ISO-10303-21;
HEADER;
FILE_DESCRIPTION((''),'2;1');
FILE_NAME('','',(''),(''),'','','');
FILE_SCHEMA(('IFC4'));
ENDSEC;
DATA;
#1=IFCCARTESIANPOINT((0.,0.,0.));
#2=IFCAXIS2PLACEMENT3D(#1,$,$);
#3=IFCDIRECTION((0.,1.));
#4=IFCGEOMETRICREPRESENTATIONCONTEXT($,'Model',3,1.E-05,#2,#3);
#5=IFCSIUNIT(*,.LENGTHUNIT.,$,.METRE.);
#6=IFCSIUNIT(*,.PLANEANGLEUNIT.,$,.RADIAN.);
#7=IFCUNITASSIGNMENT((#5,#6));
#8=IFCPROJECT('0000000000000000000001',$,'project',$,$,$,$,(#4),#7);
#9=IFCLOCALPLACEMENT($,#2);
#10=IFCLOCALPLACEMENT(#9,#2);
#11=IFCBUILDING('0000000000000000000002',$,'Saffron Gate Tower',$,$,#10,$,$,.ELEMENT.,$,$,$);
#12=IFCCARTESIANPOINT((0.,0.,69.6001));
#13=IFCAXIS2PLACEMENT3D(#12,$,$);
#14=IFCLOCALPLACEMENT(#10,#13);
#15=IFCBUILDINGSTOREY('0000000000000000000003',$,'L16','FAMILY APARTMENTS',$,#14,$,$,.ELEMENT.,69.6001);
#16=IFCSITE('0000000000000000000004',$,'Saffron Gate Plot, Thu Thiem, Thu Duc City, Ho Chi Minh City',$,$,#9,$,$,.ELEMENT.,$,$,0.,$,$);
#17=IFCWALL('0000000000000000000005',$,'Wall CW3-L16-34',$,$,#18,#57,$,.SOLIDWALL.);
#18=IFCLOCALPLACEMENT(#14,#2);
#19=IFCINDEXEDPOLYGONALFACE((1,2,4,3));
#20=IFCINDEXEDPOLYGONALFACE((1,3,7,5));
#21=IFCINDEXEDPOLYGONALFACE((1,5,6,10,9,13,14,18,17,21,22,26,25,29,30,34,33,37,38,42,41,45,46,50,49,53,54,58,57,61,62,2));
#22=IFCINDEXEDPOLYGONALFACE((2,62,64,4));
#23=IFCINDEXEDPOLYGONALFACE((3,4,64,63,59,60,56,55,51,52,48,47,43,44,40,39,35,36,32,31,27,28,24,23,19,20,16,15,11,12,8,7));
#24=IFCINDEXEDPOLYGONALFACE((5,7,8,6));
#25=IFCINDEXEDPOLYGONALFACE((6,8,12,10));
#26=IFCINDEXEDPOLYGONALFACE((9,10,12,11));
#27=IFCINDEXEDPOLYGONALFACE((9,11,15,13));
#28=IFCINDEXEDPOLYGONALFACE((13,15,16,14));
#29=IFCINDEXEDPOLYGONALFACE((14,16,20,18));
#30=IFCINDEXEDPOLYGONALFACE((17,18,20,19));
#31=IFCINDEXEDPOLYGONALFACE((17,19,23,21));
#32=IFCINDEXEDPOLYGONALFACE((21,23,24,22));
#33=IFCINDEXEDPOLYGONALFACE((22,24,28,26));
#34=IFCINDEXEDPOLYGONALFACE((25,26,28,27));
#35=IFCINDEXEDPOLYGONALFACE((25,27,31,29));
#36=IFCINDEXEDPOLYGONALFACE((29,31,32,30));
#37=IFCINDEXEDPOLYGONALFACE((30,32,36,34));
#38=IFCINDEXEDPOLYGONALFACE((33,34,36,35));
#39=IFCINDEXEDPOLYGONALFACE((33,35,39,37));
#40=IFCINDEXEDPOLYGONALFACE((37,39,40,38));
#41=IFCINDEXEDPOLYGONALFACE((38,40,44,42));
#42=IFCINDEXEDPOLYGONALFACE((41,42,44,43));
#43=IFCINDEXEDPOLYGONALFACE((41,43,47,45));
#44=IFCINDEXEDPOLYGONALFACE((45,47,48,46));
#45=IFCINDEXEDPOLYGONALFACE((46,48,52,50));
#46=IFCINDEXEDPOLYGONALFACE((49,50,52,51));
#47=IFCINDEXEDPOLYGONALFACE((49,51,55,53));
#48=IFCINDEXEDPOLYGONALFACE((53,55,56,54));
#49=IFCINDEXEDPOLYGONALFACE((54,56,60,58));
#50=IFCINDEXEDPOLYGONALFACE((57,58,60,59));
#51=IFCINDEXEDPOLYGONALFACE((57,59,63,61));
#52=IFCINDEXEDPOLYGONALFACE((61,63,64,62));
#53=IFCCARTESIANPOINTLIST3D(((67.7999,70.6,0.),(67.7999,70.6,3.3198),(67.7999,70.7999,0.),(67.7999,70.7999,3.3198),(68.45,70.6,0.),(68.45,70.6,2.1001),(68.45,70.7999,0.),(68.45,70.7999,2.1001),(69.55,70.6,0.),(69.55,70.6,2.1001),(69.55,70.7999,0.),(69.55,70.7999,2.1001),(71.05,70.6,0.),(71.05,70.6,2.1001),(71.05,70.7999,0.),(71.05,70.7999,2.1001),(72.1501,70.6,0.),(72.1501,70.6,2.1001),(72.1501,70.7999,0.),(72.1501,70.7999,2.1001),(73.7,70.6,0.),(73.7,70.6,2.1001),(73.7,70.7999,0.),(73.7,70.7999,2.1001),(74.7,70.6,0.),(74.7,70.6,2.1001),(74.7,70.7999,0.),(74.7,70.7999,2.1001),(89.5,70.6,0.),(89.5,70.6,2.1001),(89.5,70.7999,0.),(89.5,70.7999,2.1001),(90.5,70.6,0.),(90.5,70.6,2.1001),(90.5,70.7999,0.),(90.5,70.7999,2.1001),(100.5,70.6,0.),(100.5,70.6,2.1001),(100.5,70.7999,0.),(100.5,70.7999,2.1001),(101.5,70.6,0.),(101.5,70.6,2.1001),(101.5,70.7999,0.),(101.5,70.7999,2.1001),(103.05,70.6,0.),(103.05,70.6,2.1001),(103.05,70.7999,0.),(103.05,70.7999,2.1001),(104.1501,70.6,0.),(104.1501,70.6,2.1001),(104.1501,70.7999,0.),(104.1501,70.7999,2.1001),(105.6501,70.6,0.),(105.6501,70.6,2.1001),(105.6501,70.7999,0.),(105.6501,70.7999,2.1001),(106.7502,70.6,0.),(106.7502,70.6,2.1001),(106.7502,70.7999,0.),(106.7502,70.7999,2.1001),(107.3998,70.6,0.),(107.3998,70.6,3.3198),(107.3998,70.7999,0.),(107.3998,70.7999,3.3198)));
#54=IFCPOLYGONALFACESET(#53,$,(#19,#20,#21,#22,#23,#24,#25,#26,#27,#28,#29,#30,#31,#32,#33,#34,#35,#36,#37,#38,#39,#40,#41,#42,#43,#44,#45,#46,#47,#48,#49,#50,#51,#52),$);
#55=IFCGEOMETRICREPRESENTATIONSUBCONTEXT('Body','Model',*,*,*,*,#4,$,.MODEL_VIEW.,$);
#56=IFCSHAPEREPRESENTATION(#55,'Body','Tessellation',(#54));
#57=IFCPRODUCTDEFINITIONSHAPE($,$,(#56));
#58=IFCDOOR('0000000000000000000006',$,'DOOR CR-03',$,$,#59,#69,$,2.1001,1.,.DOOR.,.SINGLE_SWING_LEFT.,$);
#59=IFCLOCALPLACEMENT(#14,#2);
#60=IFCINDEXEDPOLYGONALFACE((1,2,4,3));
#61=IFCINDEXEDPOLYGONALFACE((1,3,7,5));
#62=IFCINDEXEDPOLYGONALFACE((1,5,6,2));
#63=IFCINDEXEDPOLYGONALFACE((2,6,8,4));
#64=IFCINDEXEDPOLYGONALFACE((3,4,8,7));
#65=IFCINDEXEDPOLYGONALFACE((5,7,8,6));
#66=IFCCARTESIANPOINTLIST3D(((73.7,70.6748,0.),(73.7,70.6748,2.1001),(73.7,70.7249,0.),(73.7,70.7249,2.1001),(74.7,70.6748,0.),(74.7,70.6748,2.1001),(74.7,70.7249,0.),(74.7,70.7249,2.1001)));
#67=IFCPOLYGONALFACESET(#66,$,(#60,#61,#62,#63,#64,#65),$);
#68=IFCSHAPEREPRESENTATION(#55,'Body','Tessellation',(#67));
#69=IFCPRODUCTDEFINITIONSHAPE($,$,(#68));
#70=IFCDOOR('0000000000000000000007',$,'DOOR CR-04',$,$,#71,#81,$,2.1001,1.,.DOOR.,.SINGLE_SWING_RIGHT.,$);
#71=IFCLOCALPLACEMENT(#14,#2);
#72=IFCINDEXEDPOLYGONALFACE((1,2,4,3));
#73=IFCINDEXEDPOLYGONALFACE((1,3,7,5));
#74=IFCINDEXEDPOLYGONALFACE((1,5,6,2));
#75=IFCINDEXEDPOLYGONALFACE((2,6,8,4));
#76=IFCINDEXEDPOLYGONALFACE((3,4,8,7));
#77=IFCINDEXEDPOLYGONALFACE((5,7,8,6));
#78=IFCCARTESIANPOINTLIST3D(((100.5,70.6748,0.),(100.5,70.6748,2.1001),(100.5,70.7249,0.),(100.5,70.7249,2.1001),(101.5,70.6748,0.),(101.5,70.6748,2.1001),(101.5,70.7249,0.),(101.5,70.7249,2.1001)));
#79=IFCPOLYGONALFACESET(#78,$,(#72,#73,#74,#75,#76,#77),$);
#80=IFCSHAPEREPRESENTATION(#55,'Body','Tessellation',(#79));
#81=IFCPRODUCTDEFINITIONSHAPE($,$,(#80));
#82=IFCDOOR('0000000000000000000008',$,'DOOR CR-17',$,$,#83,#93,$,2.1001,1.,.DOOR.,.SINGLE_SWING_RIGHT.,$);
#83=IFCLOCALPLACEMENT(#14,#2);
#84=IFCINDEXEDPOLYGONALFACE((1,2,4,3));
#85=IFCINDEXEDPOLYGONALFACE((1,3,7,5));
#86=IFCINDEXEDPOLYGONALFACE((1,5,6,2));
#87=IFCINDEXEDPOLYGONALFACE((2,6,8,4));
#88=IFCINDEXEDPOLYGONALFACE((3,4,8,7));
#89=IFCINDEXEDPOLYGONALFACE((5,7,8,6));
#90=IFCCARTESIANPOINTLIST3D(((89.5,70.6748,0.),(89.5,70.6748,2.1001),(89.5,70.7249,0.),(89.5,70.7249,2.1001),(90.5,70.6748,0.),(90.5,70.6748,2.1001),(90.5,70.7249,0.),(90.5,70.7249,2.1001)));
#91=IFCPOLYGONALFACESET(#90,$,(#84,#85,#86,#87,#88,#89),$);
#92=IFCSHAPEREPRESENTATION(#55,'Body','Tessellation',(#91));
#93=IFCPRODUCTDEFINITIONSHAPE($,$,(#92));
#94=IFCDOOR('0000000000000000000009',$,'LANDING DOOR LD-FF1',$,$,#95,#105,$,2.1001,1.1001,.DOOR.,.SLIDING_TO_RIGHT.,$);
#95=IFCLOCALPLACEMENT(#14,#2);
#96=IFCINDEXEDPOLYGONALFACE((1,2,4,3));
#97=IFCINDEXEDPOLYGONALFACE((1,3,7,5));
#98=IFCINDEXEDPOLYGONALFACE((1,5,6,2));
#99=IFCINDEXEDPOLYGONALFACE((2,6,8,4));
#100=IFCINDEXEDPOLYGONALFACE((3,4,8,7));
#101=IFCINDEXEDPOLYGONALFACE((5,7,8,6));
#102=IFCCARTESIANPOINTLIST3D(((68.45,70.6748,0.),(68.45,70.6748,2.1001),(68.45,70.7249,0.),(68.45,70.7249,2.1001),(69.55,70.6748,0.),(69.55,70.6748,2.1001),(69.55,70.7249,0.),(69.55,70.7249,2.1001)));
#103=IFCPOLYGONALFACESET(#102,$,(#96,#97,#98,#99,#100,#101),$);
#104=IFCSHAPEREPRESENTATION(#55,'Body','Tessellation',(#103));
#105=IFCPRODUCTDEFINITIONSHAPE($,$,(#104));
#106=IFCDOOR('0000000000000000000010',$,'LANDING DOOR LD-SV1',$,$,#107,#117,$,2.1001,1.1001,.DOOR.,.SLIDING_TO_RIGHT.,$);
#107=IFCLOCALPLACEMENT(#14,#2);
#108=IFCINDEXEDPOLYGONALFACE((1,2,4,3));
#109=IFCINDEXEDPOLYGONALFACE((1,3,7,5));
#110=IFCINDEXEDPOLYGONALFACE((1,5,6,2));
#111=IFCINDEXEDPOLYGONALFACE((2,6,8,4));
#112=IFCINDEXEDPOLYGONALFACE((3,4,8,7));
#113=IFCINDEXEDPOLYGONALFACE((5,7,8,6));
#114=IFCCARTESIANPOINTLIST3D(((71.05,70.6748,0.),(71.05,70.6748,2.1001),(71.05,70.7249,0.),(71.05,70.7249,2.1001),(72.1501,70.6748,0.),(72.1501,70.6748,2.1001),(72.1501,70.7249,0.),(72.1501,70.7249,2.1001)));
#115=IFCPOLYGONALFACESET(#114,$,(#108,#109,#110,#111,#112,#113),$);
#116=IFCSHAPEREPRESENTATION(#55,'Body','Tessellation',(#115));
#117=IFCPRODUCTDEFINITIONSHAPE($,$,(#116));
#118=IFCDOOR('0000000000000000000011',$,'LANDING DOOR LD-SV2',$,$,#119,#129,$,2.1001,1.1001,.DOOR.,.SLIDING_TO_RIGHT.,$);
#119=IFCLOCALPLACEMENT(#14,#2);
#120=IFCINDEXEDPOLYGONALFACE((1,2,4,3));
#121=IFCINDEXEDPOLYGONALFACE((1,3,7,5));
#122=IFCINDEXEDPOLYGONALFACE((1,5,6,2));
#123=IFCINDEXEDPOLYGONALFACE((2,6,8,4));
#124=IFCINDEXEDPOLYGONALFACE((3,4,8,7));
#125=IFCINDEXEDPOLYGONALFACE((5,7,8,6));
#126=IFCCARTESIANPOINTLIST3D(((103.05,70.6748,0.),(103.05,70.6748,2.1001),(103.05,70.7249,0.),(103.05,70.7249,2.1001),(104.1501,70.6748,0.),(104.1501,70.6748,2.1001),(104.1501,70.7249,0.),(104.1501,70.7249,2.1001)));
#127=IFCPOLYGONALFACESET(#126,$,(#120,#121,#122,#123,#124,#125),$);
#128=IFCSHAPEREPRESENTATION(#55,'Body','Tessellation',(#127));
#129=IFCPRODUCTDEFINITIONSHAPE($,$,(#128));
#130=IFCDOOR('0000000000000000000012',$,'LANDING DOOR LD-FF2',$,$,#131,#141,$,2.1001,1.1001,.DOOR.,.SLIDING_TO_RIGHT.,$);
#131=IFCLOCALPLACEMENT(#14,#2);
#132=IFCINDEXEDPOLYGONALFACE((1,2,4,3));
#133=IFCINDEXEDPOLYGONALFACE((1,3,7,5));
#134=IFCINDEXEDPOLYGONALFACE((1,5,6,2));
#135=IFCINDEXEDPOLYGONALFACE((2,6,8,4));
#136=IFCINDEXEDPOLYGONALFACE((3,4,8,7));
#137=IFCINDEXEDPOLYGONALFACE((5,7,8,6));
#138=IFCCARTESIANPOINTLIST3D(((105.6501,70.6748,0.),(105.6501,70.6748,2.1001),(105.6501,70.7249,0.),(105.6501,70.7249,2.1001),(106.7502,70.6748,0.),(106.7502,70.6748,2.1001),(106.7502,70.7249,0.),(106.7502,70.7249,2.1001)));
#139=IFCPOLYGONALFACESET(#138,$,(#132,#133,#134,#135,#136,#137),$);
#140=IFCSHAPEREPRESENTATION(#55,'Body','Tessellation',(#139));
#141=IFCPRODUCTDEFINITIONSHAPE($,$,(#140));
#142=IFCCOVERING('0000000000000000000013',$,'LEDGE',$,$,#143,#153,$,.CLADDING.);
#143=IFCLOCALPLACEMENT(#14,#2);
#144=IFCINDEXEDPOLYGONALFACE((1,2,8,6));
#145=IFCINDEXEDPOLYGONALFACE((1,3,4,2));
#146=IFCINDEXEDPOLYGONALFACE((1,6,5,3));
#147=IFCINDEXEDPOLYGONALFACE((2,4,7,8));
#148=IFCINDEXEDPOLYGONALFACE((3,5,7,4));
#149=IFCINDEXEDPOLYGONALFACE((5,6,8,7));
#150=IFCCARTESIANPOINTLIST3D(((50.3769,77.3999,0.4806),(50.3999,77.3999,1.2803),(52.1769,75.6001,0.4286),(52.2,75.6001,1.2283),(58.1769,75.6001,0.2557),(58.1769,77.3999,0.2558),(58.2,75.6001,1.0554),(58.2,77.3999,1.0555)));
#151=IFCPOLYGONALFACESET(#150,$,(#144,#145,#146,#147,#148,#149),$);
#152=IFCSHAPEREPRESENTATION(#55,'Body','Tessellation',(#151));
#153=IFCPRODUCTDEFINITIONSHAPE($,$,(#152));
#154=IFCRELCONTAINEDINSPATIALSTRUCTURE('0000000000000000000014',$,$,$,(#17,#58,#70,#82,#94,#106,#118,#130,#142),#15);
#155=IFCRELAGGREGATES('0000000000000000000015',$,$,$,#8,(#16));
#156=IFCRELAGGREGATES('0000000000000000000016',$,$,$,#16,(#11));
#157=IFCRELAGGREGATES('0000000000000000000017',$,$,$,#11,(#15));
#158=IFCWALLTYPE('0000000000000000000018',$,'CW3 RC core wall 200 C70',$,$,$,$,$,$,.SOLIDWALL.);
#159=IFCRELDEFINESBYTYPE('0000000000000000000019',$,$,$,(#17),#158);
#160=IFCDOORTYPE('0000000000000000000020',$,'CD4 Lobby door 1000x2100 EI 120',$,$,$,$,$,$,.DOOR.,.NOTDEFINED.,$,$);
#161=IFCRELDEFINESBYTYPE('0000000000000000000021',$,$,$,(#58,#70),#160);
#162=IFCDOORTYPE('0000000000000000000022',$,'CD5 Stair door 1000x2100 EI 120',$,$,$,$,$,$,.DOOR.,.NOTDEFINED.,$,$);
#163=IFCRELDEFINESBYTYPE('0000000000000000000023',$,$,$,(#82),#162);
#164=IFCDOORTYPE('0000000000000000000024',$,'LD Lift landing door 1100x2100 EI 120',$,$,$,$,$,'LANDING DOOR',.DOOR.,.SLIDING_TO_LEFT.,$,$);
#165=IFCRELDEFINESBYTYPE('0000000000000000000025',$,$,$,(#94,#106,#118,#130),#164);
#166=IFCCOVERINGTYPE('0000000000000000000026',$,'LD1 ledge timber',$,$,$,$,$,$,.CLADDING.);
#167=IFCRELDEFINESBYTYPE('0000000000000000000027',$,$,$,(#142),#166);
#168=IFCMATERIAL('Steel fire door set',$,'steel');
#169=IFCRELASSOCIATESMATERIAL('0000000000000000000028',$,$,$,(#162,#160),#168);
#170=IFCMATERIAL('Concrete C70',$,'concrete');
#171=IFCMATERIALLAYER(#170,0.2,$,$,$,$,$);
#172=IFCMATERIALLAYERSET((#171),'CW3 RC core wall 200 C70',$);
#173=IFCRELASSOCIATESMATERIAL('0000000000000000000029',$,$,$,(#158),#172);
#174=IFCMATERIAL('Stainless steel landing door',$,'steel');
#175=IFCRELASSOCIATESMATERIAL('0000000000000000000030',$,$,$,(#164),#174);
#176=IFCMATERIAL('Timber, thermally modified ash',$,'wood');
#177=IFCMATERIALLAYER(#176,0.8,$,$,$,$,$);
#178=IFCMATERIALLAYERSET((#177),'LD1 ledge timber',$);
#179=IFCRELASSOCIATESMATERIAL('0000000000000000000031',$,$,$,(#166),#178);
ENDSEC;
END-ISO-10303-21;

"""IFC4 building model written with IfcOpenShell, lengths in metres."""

from ifc_helpers import new_model, si_unit, direction, frame, frame_2d, origin, place, context, subcontext, project, spatial, polyline, rectangle, outline, extrude, material, layer, layer_set, type_object, element, fill, save


model = new_model("IFC4")

# Units and contexts
model_context = context("Model", 3, precision=1e-05, world=origin(), true_north=direction((0.0, 1.0)))
body_context = subcontext(model_context, "Body", "Model", "MODEL_VIEW")
ifc_project = project(units=[si_unit("LENGTHUNIT", "METRE"), si_unit("PLANEANGLEUNIT", "RADIAN")], contexts=[model_context])

# Site, building, storey
site_placement = place(None, origin())
site = spatial("IfcSite", under=ifc_project, at=site_placement, Name="Saffron Gate Plot, Thu Thiem, Thu Duc City, Ho Chi Minh City", CompositionType="ELEMENT", RefElevation=0.0)
building_placement = place(site_placement, origin())
building = spatial("IfcBuilding", under=site, at=building_placement, Name="Saffron Gate Tower", CompositionType="ELEMENT")
storey_placement = place(building_placement, frame((0.0, 0.0, 69.6001)))
storey = spatial("IfcBuildingStorey", under=building, at=storey_placement, Name="L16", Description="FAMILY APARTMENTS", CompositionType="ELEMENT", Elevation=69.6001)

# Shared definitions
ifc_material_1 = material(Name="Concrete C70", Category="concrete")

# Wall, openings, doors
ifc_material_2 = material(Name="Steel fire door set", Category="steel")
door_type_1 = type_object("IfcDoorType", Name="CD5 Stair door 1000x2100 EI 120", OperationType="NOTDEFINED", PredefinedType="DOOR", material=ifc_material_2)
ifc_layer_1 = layer(ifc_material_1, 0.2)
ifc_layer_set_1 = layer_set([ifc_layer_1], Name="CW3 RC core wall 200 C70")
wall_type_1 = type_object("IfcWallType", Name="CW3 RC core wall 200 C70", PredefinedType="SOLIDWALL", material=ifc_layer_set_1)
wall_1_placement = place(storey_placement, frame((67.8, 70.7, 0.0), z_axis=(0.0, 0.0, 1.0), x_axis=(1.0, 0.0, 0.0)))
wall_1 = element("IfcWall", 1, at=wall_1_placement, inside=storey, type_object=wall_type_1, Name="Wall CW3-L16-34", PredefinedType="SOLIDWALL", context=body_context, shape_type="SweptSolid", body=[
    extrude(rectangle(XDim=39.5999, YDim=0.2, at=frame_2d((19.7998, 0.0))), origin(), (0.0, 0.0, 1.0), 3.3198),
])
opening_1_placement = place(wall_1_placement, frame((0.6499, 0.0, 0.0)))
opening_1 = element("IfcOpeningElement", 2, at=opening_1_placement, cuts=wall_1, PredefinedType="OPENING", context=body_context, shape_type="SweptSolid", body=[
    extrude(rectangle(XDim=1.1001, YDim=2.1001, at=frame_2d((0.55, 1.05))), frame((0.0, 0.1099, 0.0), z_axis=(0.0, -1.0, 0.0), x_axis=(1.0, 0.0, 0.0)), (0.0, 0.0, 1.0), 0.22),
])
opening_2_placement = place(wall_1_placement, frame((3.25, 0.0, 0.0)))
opening_2 = element("IfcOpeningElement", 3, at=opening_2_placement, cuts=wall_1, PredefinedType="OPENING", context=body_context, shape_type="SweptSolid", body=[
    extrude(rectangle(XDim=1.1001, YDim=2.1001, at=frame_2d((0.55, 1.05))), frame((0.0, 0.1099, 0.0), z_axis=(0.0, -1.0, 0.0), x_axis=(1.0, 0.0, 0.0)), (0.0, 0.0, 1.0), 0.22),
])
opening_3_placement = place(wall_1_placement, frame((5.8999, 0.0, 0.0)))
opening_3 = element("IfcOpeningElement", 4, at=opening_3_placement, cuts=wall_1, PredefinedType="OPENING", context=body_context, shape_type="SweptSolid", body=[
    extrude(rectangle(XDim=1.0, YDim=2.1001, at=frame_2d((0.5, 1.05))), frame((0.0, 0.1099, 0.0), z_axis=(0.0, -1.0, 0.0), x_axis=(1.0, 0.0, 0.0)), (0.0, 0.0, 1.0), 0.22),
])
opening_4_placement = place(wall_1_placement, frame((21.7, 0.0, 0.0)))
opening_4 = element("IfcOpeningElement", 5, at=opening_4_placement, cuts=wall_1, PredefinedType="OPENING", context=body_context, shape_type="SweptSolid", body=[
    extrude(rectangle(XDim=1.0, YDim=2.1001, at=frame_2d((0.5, 1.05))), frame((0.0, 0.1099, 0.0), z_axis=(0.0, -1.0, 0.0), x_axis=(1.0, 0.0, 0.0)), (0.0, 0.0, 1.0), 0.22),
])
opening_5_placement = place(wall_1_placement, frame((32.7, 0.0, 0.0)))
opening_5 = element("IfcOpeningElement", 6, at=opening_5_placement, cuts=wall_1, PredefinedType="OPENING", context=body_context, shape_type="SweptSolid", body=[
    extrude(rectangle(XDim=1.0, YDim=2.1001, at=frame_2d((0.5, 1.05))), frame((0.0, 0.1099, 0.0), z_axis=(0.0, -1.0, 0.0), x_axis=(1.0, 0.0, 0.0)), (0.0, 0.0, 1.0), 0.22),
])
opening_6_placement = place(wall_1_placement, frame((35.25, 0.0, 0.0)))
opening_6 = element("IfcOpeningElement", 7, at=opening_6_placement, cuts=wall_1, PredefinedType="OPENING", context=body_context, shape_type="SweptSolid", body=[
    extrude(rectangle(XDim=1.1001, YDim=2.1001, at=frame_2d((0.55, 1.05))), frame((0.0, 0.1099, 0.0), z_axis=(0.0, -1.0, 0.0), x_axis=(1.0, 0.0, 0.0)), (0.0, 0.0, 1.0), 0.22),
])
opening_7_placement = place(wall_1_placement, frame((37.8501, 0.0, 0.0)))
opening_7 = element("IfcOpeningElement", 8, at=opening_7_placement, cuts=wall_1, PredefinedType="OPENING", context=body_context, shape_type="SweptSolid", body=[
    extrude(rectangle(XDim=1.1001, YDim=2.1001, at=frame_2d((0.55, 1.05))), frame((0.0, 0.1099, 0.0), z_axis=(0.0, -1.0, 0.0), x_axis=(1.0, 0.0, 0.0)), (0.0, 0.0, 1.0), 0.22),
])
door_type_2 = type_object("IfcDoorType", Name="CD4 Lobby door 1000x2100 EI 120", OperationType="NOTDEFINED", PredefinedType="DOOR", material=ifc_material_2)
door_1_placement = place(opening_3_placement, origin())
door_1 = element("IfcDoor", 9, at=door_1_placement, inside=storey, type_object=door_type_2, Name="DOOR CR-03", OperationType="SINGLE_SWING_LEFT", OverallHeight=2.1001, OverallWidth=1.0, PredefinedType="DOOR", context=body_context, shape_type="SweptSolid", body=[
    extrude(rectangle(XDim=1.0, YDim=2.1001, at=frame_2d((0.5, 1.05))), frame((0.0, 0.0249, 0.0), z_axis=(0.0, -1.0, 0.0), x_axis=(1.0, 0.0, 0.0)), (0.0, 0.0, 1.0), 0.05),
])
fill(opening_3, door_1)
door_2_placement = place(opening_5_placement, origin())
door_2 = element("IfcDoor", 10, at=door_2_placement, inside=storey, type_object=door_type_2, Name="DOOR CR-04", OperationType="SINGLE_SWING_RIGHT", OverallHeight=2.1001, OverallWidth=1.0, PredefinedType="DOOR", context=body_context, shape_type="SweptSolid", body=[
    extrude(rectangle(XDim=1.0, YDim=2.1001, at=frame_2d((0.5, 1.05))), frame((0.0, 0.0249, 0.0), z_axis=(0.0, -1.0, 0.0), x_axis=(1.0, 0.0, 0.0)), (0.0, 0.0, 1.0), 0.05),
])
fill(opening_5, door_2)
door_3_placement = place(opening_4_placement, origin())
door_3 = element("IfcDoor", 11, at=door_3_placement, inside=storey, type_object=door_type_1, Name="DOOR CR-17", OperationType="SINGLE_SWING_RIGHT", OverallHeight=2.1001, OverallWidth=1.0, PredefinedType="DOOR", context=body_context, shape_type="SweptSolid", body=[
    extrude(rectangle(XDim=1.0, YDim=2.1001, at=frame_2d((0.5, 1.05))), frame((0.0, 0.0249, 0.0), z_axis=(0.0, -1.0, 0.0), x_axis=(1.0, 0.0, 0.0)), (0.0, 0.0, 1.0), 0.05),
])
fill(opening_4, door_3)
ifc_material_3 = material(Name="Stainless steel landing door", Category="steel")
door_type_3 = type_object("IfcDoorType", Name="LD Lift landing door 1100x2100 EI 120", ElementType="LANDING DOOR", OperationType="SLIDING_TO_LEFT", PredefinedType="DOOR", material=ifc_material_3)
door_4_placement = place(opening_1_placement, origin())
door_4 = element("IfcDoor", 12, at=door_4_placement, inside=storey, type_object=door_type_3, Name="LANDING DOOR LD-FF1", OperationType="SLIDING_TO_RIGHT", OverallHeight=2.1001, OverallWidth=1.1001, PredefinedType="DOOR", context=body_context, shape_type="SweptSolid", body=[
    extrude(rectangle(XDim=1.1001, YDim=2.1001, at=frame_2d((0.55, 1.05))), frame((0.0, 0.0249, 0.0), z_axis=(0.0, -1.0, 0.0), x_axis=(1.0, 0.0, 0.0)), (0.0, 0.0, 1.0), 0.05),
])
fill(opening_1, door_4)
door_5_placement = place(opening_2_placement, origin())
door_5 = element("IfcDoor", 13, at=door_5_placement, inside=storey, type_object=door_type_3, Name="LANDING DOOR LD-SV1", OperationType="SLIDING_TO_RIGHT", OverallHeight=2.1001, OverallWidth=1.1001, PredefinedType="DOOR", context=body_context, shape_type="SweptSolid", body=[
    extrude(rectangle(XDim=1.1001, YDim=2.1001, at=frame_2d((0.55, 1.05))), frame((0.0, 0.0249, 0.0), z_axis=(0.0, -1.0, 0.0), x_axis=(1.0, 0.0, 0.0)), (0.0, 0.0, 1.0), 0.05),
])
fill(opening_2, door_5)
door_6_placement = place(opening_6_placement, origin())
door_6 = element("IfcDoor", 14, at=door_6_placement, inside=storey, type_object=door_type_3, Name="LANDING DOOR LD-SV2", OperationType="SLIDING_TO_RIGHT", OverallHeight=2.1001, OverallWidth=1.1001, PredefinedType="DOOR", context=body_context, shape_type="SweptSolid", body=[
    extrude(rectangle(XDim=1.1001, YDim=2.1001, at=frame_2d((0.55, 1.05))), frame((0.0, 0.0249, 0.0), z_axis=(0.0, -1.0, 0.0), x_axis=(1.0, 0.0, 0.0)), (0.0, 0.0, 1.0), 0.05),
])
fill(opening_6, door_6)
door_7_placement = place(opening_7_placement, origin())
door_7 = element("IfcDoor", 15, at=door_7_placement, inside=storey, type_object=door_type_3, Name="LANDING DOOR LD-FF2", OperationType="SLIDING_TO_RIGHT", OverallHeight=2.1001, OverallWidth=1.1001, PredefinedType="DOOR", context=body_context, shape_type="SweptSolid", body=[
    extrude(rectangle(XDim=1.1001, YDim=2.1001, at=frame_2d((0.55, 1.05))), frame((0.0, 0.0249, 0.0), z_axis=(0.0, -1.0, 0.0), x_axis=(1.0, 0.0, 0.0)), (0.0, 0.0, 1.0), 0.05),
])
fill(opening_7, door_7)

# Covering
ifc_material_4 = material(Name="Timber, thermally modified ash", Category="wood")
ifc_layer_2 = layer(ifc_material_4, 0.8)
ifc_layer_set_2 = layer_set([ifc_layer_2], Name="LD1 ledge timber")
covering_type_1 = type_object("IfcCoveringType", Name="LD1 ledge timber", PredefinedType="CLADDING", material=ifc_layer_set_2)
covering_1_placement = place(storey_placement, frame((58.2, 75.6001, 1.0554), z_axis=(0.028807, -0.000035, 0.999585), x_axis=(-0.999585, 0.0, 0.028807)))
element("IfcCovering", 16, at=covering_1_placement, inside=storey, type_object=covering_type_1, Name="LEDGE", PredefinedType="CLADDING", context=body_context, shape_type="SweptSolid", body=[
    extrude(outline(polyline([(0.0, 0.0), (6.0025, 0.0), (7.8033, -1.7998), (0.0, -1.7998), (0.0, 0.0)])), origin(), (0.0, 0.0, -1.0), 0.8),
])

save(model, "model.ifc")
